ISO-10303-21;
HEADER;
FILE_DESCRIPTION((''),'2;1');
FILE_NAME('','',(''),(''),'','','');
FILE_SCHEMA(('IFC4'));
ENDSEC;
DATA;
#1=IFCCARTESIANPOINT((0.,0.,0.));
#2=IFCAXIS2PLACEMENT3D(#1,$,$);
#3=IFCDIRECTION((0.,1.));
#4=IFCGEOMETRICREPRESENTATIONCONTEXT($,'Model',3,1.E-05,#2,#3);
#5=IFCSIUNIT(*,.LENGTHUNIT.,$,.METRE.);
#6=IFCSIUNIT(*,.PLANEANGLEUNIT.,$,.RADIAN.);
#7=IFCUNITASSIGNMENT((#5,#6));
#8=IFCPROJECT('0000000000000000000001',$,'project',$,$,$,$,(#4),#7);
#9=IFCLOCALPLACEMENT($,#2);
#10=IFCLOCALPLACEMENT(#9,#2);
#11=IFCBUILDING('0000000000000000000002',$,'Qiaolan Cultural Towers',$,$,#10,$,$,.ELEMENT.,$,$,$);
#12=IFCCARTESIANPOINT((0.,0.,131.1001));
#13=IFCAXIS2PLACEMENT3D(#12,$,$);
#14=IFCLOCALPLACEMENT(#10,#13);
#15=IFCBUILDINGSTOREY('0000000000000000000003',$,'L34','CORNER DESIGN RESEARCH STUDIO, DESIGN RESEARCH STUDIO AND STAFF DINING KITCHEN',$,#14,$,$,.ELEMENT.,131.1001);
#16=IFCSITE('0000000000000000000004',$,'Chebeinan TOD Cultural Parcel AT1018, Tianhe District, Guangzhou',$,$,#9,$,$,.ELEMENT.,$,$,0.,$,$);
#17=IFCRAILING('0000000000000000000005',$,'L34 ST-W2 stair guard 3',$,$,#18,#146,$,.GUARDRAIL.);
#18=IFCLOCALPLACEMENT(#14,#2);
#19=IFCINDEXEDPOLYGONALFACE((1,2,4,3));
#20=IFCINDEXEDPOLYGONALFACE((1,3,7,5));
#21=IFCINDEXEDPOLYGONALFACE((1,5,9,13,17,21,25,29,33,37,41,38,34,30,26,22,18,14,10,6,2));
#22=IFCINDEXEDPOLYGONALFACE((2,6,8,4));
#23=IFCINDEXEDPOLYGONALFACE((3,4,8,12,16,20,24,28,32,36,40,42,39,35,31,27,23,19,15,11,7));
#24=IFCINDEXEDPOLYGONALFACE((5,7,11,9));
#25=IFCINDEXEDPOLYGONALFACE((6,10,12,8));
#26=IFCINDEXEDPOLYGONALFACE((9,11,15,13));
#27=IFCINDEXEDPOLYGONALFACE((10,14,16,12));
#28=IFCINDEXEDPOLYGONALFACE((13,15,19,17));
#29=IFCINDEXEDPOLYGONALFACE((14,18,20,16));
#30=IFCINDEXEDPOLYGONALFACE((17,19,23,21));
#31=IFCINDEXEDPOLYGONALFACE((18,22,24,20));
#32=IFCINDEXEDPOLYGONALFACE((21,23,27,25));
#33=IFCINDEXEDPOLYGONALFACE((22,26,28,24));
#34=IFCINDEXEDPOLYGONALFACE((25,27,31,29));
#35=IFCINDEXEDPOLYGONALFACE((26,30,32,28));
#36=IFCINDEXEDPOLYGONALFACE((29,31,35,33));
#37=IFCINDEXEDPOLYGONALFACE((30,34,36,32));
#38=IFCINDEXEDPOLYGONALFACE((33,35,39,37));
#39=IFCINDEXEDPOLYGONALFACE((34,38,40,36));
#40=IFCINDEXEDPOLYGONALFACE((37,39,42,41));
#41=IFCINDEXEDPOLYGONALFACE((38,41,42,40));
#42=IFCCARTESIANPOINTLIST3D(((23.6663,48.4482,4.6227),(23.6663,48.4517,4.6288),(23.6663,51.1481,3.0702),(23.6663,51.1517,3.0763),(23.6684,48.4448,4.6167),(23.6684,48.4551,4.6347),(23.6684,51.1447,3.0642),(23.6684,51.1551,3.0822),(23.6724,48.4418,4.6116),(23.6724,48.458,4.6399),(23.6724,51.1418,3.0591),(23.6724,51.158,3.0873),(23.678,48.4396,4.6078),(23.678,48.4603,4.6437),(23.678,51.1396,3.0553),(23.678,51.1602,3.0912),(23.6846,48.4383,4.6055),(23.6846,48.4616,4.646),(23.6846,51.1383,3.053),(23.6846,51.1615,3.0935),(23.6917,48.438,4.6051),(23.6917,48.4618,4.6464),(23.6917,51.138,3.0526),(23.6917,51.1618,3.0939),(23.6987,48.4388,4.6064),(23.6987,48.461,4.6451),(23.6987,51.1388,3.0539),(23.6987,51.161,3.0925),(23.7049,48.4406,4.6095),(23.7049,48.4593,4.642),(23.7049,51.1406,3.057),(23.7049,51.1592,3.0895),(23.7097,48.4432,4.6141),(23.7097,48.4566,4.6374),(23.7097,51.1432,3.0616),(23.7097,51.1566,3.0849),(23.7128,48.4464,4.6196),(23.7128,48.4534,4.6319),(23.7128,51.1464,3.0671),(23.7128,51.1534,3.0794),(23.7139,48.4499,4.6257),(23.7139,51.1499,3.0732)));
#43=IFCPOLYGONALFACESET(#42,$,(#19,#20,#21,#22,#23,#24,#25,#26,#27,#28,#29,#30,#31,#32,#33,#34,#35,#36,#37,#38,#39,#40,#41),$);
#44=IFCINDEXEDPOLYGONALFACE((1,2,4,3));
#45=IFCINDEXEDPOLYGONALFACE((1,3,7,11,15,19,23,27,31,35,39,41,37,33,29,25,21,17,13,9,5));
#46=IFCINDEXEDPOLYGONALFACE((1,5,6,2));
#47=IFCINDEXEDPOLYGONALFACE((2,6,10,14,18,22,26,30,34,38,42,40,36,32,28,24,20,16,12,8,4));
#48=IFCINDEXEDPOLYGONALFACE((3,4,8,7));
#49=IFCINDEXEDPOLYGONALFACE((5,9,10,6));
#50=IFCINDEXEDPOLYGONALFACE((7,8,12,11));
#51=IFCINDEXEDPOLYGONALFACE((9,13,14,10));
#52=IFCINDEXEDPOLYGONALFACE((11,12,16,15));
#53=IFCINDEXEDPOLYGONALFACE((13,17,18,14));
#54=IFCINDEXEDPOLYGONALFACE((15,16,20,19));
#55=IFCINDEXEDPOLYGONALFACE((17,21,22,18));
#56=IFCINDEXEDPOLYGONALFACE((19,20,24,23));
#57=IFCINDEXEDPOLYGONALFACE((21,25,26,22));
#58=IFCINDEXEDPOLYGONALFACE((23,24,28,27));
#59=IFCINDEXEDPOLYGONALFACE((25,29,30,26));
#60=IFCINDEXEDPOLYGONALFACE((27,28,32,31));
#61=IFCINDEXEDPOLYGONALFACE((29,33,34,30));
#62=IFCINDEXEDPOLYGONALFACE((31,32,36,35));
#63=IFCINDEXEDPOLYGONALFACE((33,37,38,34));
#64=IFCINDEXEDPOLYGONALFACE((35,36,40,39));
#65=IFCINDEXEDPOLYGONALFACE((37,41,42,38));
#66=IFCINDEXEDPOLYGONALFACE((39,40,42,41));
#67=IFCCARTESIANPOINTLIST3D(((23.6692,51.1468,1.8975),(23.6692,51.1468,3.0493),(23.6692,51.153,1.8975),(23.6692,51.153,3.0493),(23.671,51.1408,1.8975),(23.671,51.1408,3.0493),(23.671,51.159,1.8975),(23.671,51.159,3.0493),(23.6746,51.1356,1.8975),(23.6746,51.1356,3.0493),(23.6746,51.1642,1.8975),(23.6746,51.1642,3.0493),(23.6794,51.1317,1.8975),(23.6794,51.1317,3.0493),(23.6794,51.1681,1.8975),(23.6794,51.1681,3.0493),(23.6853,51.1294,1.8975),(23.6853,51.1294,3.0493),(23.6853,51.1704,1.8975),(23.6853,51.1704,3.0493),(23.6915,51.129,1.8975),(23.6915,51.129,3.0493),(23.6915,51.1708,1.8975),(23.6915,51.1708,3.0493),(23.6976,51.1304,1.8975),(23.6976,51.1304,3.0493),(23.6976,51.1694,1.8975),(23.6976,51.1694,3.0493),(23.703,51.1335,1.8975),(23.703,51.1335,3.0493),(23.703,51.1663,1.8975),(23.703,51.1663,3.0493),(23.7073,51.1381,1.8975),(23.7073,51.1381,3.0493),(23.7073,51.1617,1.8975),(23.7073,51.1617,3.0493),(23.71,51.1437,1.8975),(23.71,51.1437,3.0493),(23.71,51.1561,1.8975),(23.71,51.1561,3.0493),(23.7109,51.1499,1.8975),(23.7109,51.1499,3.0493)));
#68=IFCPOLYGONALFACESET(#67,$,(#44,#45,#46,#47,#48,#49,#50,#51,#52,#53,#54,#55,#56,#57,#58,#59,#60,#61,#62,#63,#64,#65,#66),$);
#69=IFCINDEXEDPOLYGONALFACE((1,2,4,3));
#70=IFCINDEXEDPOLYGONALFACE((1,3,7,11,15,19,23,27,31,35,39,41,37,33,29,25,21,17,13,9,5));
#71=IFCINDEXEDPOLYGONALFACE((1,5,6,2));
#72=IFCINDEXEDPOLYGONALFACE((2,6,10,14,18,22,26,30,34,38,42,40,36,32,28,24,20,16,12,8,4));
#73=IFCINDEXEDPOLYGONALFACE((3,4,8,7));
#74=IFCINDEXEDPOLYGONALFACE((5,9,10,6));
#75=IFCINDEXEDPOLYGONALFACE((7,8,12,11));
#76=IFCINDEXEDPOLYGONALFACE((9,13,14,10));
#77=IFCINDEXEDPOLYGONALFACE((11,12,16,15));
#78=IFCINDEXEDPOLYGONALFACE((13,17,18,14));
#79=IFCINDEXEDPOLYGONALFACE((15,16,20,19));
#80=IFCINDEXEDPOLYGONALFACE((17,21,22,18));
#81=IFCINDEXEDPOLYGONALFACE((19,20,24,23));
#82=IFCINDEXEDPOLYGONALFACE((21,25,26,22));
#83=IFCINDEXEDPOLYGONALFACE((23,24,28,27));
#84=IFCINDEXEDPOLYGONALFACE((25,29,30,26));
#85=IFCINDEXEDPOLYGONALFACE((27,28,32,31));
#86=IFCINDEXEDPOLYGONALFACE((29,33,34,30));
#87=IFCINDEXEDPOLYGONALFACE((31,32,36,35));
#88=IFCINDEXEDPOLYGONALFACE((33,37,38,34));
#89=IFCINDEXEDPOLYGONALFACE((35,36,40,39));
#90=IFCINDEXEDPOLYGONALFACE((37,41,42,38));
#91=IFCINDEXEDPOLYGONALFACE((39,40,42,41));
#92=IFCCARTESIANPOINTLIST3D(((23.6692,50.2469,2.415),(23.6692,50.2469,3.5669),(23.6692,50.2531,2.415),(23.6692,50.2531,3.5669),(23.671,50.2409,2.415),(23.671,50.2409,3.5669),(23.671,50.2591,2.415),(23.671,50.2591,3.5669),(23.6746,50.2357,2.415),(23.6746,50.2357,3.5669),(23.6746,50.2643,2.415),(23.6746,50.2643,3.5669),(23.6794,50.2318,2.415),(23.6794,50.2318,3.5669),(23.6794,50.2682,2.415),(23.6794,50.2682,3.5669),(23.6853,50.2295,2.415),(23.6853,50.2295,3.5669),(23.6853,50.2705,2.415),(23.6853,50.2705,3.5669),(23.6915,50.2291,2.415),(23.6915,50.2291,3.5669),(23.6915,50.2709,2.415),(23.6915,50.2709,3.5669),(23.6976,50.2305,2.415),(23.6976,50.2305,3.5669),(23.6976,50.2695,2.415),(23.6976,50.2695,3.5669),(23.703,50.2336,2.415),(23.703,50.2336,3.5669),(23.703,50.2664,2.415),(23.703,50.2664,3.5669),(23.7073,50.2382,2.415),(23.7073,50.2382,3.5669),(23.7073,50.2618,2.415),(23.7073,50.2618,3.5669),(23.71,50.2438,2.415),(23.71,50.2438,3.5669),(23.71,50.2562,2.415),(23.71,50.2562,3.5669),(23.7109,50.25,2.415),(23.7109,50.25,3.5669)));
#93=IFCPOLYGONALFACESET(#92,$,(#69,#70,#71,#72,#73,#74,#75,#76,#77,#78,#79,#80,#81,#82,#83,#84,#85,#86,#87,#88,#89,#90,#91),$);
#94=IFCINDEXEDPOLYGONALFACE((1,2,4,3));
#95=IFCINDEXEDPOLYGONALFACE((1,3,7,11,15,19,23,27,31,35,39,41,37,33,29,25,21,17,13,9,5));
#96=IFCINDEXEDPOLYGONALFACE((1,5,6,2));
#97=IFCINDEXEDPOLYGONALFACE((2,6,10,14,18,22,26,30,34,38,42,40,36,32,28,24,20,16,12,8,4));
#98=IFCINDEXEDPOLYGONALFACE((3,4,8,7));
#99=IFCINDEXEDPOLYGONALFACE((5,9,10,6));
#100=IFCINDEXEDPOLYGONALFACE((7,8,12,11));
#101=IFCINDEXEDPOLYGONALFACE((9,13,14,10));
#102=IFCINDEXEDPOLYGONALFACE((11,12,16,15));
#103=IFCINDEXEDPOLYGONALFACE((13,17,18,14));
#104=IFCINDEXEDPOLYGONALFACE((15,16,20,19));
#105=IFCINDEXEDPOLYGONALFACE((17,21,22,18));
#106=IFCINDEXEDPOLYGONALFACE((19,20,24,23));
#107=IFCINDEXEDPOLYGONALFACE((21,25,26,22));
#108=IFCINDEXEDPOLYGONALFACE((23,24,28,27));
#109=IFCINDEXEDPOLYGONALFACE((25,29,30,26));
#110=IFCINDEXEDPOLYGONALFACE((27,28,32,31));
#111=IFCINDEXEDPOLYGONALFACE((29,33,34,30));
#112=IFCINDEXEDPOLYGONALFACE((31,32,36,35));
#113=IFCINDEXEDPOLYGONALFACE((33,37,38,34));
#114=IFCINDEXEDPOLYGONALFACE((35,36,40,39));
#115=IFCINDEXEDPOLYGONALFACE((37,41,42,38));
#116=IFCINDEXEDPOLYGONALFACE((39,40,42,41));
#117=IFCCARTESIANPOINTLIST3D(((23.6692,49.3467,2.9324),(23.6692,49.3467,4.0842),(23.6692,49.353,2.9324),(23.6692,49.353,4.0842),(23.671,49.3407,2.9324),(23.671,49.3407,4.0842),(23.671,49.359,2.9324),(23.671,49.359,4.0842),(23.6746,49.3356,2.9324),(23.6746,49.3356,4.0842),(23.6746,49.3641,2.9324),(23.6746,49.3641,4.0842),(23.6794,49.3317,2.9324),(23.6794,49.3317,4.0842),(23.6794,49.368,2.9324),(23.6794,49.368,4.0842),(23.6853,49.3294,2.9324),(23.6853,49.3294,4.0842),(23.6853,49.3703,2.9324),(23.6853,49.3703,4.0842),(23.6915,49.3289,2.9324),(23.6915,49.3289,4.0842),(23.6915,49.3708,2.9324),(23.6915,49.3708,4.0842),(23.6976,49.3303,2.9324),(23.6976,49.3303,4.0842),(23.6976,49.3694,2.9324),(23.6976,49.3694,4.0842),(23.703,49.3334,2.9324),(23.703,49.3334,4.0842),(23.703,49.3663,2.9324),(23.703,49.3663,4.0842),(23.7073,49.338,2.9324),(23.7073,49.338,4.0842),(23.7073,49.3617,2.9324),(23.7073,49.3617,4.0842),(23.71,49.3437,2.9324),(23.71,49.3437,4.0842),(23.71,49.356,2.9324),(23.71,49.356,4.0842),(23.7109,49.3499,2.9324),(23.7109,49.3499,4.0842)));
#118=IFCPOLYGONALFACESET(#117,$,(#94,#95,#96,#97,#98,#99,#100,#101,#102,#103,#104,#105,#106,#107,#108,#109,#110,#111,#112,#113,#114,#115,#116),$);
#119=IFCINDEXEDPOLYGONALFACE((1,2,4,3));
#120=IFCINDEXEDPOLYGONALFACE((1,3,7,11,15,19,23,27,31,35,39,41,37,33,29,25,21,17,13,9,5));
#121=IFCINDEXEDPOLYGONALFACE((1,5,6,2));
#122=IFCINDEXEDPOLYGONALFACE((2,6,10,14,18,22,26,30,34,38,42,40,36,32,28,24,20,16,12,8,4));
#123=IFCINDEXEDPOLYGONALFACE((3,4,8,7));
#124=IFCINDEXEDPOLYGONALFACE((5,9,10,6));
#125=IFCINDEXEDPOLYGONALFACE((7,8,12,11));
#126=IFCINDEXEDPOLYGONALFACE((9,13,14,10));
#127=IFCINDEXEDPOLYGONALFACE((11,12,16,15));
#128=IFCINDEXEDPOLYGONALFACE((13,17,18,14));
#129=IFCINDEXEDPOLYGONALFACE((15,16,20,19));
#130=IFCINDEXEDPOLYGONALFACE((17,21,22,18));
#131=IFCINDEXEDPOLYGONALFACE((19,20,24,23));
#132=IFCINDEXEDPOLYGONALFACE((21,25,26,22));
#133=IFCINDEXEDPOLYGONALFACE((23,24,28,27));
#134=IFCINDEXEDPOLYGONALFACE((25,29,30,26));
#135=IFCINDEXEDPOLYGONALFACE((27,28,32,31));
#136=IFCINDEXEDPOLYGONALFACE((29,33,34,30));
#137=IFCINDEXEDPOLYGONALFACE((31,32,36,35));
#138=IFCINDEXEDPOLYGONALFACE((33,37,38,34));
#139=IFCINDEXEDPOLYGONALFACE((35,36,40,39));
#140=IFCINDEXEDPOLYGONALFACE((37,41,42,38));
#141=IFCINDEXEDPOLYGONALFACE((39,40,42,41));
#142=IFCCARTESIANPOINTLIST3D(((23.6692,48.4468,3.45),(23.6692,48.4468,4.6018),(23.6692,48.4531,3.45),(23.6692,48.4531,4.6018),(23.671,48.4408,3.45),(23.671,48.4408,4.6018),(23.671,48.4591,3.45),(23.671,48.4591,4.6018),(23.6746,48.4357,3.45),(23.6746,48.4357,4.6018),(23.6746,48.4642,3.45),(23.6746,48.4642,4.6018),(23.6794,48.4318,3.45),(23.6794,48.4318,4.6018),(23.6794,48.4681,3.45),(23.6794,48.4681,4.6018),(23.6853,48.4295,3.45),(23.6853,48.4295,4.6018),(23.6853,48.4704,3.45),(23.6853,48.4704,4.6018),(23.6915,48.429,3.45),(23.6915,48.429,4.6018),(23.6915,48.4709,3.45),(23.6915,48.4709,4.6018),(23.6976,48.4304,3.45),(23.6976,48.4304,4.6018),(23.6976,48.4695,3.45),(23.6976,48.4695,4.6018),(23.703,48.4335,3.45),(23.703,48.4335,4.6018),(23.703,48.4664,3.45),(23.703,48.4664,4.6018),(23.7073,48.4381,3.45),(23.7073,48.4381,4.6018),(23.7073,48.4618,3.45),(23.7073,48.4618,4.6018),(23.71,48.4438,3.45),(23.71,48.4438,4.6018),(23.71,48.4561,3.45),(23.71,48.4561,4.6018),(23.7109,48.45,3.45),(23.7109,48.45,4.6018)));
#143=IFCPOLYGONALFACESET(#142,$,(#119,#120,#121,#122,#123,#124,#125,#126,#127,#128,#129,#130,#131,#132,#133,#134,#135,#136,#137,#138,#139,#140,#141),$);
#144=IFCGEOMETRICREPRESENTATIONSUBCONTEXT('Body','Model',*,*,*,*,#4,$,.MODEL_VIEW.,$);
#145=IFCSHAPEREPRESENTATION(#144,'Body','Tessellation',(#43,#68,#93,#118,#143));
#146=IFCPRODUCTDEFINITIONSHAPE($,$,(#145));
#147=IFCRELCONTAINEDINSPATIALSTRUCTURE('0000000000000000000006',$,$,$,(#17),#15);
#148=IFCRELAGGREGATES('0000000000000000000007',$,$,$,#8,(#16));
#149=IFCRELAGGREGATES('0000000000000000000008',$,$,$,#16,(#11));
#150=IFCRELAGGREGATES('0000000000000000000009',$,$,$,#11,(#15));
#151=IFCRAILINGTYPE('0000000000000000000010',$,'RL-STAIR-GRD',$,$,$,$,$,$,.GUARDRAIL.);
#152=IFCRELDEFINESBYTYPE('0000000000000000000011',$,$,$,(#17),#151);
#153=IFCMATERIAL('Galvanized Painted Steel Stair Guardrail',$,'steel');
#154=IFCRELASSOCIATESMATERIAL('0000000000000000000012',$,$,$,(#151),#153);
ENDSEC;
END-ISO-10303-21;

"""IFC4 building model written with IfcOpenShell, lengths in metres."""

from ifc_helpers import new_model, si_unit, direction, frame, origin, origin_2d, place, context, subcontext, project, spatial, circle, extrude, material, type_object, element, save


model = new_model("IFC4")

# Units and contexts
model_context = context("Model", 3, precision=1e-05, world=origin(), true_north=direction((0.0, 1.0)))
body_context = subcontext(model_context, "Body", "Model", "MODEL_VIEW")
ifc_project = project(units=[si_unit("LENGTHUNIT", "METRE"), si_unit("PLANEANGLEUNIT", "RADIAN")], contexts=[model_context])

# Site, building, storey
site_placement = place(None, origin())
site = spatial("IfcSite", under=ifc_project, at=site_placement, Name="Chebeinan TOD Cultural Parcel AT1018, Tianhe District, Guangzhou", CompositionType="ELEMENT", RefElevation=0.0)
building_placement = place(site_placement, origin())
building = spatial("IfcBuilding", under=site, at=building_placement, Name="Qiaolan Cultural Towers", CompositionType="ELEMENT")
storey_placement = place(building_placement, frame((0.0, 0.0, 131.1001)))
storey = spatial("IfcBuildingStorey", under=building, at=storey_placement, Name="L34", Description="CORNER DESIGN RESEARCH STUDIO, DESIGN RESEARCH STUDIO AND STAFF DINING KITCHEN", CompositionType="ELEMENT", Elevation=131.1001)

# Railing
ifc_material_1 = material(Name="Galvanized Painted Steel Stair Guardrail", Category="steel")
railing_type_1 = type_object("IfcRailingType", Name="RL-STAIR-GRD", PredefinedType="GUARDRAIL", material=ifc_material_1)
railing_1_placement = place(storey_placement, frame((23.6899, 51.1499, 1.8975)))
element("IfcRailing", 1, at=railing_1_placement, inside=storey, type_object=railing_type_1, Name="L34 ST-W2 stair guard 3", PredefinedType="GUARDRAIL", context=body_context, shape_type="SweptSolid", body=[
    extrude(circle(Radius=0.0239, at=origin_2d()), frame((0.0, 0.0, 1.1758), z_axis=(0.0, -0.866904, 0.498476), x_axis=(1.0, 0.0, 0.0)), (0.0, 0.0, 1.0), 3.1145),
    extrude(circle(Radius=0.021, at=origin_2d()), origin(), (0.0, 0.0, 1.0), 1.1519),
    extrude(circle(Radius=0.021, at=origin_2d()), frame((0.0, -0.8999, 0.5176)), (0.0, 0.0, 1.0), 1.1519),
    extrude(circle(Radius=0.021, at=origin_2d()), frame((0.0, -1.8, 1.0349)), (0.0, 0.0, 1.0), 1.1519),
    extrude(circle(Radius=0.021, at=origin_2d()), frame((0.0, -2.7, 1.5525)), (0.0, 0.0, 1.0), 1.1519),
])

save(model, "model.ifc")
